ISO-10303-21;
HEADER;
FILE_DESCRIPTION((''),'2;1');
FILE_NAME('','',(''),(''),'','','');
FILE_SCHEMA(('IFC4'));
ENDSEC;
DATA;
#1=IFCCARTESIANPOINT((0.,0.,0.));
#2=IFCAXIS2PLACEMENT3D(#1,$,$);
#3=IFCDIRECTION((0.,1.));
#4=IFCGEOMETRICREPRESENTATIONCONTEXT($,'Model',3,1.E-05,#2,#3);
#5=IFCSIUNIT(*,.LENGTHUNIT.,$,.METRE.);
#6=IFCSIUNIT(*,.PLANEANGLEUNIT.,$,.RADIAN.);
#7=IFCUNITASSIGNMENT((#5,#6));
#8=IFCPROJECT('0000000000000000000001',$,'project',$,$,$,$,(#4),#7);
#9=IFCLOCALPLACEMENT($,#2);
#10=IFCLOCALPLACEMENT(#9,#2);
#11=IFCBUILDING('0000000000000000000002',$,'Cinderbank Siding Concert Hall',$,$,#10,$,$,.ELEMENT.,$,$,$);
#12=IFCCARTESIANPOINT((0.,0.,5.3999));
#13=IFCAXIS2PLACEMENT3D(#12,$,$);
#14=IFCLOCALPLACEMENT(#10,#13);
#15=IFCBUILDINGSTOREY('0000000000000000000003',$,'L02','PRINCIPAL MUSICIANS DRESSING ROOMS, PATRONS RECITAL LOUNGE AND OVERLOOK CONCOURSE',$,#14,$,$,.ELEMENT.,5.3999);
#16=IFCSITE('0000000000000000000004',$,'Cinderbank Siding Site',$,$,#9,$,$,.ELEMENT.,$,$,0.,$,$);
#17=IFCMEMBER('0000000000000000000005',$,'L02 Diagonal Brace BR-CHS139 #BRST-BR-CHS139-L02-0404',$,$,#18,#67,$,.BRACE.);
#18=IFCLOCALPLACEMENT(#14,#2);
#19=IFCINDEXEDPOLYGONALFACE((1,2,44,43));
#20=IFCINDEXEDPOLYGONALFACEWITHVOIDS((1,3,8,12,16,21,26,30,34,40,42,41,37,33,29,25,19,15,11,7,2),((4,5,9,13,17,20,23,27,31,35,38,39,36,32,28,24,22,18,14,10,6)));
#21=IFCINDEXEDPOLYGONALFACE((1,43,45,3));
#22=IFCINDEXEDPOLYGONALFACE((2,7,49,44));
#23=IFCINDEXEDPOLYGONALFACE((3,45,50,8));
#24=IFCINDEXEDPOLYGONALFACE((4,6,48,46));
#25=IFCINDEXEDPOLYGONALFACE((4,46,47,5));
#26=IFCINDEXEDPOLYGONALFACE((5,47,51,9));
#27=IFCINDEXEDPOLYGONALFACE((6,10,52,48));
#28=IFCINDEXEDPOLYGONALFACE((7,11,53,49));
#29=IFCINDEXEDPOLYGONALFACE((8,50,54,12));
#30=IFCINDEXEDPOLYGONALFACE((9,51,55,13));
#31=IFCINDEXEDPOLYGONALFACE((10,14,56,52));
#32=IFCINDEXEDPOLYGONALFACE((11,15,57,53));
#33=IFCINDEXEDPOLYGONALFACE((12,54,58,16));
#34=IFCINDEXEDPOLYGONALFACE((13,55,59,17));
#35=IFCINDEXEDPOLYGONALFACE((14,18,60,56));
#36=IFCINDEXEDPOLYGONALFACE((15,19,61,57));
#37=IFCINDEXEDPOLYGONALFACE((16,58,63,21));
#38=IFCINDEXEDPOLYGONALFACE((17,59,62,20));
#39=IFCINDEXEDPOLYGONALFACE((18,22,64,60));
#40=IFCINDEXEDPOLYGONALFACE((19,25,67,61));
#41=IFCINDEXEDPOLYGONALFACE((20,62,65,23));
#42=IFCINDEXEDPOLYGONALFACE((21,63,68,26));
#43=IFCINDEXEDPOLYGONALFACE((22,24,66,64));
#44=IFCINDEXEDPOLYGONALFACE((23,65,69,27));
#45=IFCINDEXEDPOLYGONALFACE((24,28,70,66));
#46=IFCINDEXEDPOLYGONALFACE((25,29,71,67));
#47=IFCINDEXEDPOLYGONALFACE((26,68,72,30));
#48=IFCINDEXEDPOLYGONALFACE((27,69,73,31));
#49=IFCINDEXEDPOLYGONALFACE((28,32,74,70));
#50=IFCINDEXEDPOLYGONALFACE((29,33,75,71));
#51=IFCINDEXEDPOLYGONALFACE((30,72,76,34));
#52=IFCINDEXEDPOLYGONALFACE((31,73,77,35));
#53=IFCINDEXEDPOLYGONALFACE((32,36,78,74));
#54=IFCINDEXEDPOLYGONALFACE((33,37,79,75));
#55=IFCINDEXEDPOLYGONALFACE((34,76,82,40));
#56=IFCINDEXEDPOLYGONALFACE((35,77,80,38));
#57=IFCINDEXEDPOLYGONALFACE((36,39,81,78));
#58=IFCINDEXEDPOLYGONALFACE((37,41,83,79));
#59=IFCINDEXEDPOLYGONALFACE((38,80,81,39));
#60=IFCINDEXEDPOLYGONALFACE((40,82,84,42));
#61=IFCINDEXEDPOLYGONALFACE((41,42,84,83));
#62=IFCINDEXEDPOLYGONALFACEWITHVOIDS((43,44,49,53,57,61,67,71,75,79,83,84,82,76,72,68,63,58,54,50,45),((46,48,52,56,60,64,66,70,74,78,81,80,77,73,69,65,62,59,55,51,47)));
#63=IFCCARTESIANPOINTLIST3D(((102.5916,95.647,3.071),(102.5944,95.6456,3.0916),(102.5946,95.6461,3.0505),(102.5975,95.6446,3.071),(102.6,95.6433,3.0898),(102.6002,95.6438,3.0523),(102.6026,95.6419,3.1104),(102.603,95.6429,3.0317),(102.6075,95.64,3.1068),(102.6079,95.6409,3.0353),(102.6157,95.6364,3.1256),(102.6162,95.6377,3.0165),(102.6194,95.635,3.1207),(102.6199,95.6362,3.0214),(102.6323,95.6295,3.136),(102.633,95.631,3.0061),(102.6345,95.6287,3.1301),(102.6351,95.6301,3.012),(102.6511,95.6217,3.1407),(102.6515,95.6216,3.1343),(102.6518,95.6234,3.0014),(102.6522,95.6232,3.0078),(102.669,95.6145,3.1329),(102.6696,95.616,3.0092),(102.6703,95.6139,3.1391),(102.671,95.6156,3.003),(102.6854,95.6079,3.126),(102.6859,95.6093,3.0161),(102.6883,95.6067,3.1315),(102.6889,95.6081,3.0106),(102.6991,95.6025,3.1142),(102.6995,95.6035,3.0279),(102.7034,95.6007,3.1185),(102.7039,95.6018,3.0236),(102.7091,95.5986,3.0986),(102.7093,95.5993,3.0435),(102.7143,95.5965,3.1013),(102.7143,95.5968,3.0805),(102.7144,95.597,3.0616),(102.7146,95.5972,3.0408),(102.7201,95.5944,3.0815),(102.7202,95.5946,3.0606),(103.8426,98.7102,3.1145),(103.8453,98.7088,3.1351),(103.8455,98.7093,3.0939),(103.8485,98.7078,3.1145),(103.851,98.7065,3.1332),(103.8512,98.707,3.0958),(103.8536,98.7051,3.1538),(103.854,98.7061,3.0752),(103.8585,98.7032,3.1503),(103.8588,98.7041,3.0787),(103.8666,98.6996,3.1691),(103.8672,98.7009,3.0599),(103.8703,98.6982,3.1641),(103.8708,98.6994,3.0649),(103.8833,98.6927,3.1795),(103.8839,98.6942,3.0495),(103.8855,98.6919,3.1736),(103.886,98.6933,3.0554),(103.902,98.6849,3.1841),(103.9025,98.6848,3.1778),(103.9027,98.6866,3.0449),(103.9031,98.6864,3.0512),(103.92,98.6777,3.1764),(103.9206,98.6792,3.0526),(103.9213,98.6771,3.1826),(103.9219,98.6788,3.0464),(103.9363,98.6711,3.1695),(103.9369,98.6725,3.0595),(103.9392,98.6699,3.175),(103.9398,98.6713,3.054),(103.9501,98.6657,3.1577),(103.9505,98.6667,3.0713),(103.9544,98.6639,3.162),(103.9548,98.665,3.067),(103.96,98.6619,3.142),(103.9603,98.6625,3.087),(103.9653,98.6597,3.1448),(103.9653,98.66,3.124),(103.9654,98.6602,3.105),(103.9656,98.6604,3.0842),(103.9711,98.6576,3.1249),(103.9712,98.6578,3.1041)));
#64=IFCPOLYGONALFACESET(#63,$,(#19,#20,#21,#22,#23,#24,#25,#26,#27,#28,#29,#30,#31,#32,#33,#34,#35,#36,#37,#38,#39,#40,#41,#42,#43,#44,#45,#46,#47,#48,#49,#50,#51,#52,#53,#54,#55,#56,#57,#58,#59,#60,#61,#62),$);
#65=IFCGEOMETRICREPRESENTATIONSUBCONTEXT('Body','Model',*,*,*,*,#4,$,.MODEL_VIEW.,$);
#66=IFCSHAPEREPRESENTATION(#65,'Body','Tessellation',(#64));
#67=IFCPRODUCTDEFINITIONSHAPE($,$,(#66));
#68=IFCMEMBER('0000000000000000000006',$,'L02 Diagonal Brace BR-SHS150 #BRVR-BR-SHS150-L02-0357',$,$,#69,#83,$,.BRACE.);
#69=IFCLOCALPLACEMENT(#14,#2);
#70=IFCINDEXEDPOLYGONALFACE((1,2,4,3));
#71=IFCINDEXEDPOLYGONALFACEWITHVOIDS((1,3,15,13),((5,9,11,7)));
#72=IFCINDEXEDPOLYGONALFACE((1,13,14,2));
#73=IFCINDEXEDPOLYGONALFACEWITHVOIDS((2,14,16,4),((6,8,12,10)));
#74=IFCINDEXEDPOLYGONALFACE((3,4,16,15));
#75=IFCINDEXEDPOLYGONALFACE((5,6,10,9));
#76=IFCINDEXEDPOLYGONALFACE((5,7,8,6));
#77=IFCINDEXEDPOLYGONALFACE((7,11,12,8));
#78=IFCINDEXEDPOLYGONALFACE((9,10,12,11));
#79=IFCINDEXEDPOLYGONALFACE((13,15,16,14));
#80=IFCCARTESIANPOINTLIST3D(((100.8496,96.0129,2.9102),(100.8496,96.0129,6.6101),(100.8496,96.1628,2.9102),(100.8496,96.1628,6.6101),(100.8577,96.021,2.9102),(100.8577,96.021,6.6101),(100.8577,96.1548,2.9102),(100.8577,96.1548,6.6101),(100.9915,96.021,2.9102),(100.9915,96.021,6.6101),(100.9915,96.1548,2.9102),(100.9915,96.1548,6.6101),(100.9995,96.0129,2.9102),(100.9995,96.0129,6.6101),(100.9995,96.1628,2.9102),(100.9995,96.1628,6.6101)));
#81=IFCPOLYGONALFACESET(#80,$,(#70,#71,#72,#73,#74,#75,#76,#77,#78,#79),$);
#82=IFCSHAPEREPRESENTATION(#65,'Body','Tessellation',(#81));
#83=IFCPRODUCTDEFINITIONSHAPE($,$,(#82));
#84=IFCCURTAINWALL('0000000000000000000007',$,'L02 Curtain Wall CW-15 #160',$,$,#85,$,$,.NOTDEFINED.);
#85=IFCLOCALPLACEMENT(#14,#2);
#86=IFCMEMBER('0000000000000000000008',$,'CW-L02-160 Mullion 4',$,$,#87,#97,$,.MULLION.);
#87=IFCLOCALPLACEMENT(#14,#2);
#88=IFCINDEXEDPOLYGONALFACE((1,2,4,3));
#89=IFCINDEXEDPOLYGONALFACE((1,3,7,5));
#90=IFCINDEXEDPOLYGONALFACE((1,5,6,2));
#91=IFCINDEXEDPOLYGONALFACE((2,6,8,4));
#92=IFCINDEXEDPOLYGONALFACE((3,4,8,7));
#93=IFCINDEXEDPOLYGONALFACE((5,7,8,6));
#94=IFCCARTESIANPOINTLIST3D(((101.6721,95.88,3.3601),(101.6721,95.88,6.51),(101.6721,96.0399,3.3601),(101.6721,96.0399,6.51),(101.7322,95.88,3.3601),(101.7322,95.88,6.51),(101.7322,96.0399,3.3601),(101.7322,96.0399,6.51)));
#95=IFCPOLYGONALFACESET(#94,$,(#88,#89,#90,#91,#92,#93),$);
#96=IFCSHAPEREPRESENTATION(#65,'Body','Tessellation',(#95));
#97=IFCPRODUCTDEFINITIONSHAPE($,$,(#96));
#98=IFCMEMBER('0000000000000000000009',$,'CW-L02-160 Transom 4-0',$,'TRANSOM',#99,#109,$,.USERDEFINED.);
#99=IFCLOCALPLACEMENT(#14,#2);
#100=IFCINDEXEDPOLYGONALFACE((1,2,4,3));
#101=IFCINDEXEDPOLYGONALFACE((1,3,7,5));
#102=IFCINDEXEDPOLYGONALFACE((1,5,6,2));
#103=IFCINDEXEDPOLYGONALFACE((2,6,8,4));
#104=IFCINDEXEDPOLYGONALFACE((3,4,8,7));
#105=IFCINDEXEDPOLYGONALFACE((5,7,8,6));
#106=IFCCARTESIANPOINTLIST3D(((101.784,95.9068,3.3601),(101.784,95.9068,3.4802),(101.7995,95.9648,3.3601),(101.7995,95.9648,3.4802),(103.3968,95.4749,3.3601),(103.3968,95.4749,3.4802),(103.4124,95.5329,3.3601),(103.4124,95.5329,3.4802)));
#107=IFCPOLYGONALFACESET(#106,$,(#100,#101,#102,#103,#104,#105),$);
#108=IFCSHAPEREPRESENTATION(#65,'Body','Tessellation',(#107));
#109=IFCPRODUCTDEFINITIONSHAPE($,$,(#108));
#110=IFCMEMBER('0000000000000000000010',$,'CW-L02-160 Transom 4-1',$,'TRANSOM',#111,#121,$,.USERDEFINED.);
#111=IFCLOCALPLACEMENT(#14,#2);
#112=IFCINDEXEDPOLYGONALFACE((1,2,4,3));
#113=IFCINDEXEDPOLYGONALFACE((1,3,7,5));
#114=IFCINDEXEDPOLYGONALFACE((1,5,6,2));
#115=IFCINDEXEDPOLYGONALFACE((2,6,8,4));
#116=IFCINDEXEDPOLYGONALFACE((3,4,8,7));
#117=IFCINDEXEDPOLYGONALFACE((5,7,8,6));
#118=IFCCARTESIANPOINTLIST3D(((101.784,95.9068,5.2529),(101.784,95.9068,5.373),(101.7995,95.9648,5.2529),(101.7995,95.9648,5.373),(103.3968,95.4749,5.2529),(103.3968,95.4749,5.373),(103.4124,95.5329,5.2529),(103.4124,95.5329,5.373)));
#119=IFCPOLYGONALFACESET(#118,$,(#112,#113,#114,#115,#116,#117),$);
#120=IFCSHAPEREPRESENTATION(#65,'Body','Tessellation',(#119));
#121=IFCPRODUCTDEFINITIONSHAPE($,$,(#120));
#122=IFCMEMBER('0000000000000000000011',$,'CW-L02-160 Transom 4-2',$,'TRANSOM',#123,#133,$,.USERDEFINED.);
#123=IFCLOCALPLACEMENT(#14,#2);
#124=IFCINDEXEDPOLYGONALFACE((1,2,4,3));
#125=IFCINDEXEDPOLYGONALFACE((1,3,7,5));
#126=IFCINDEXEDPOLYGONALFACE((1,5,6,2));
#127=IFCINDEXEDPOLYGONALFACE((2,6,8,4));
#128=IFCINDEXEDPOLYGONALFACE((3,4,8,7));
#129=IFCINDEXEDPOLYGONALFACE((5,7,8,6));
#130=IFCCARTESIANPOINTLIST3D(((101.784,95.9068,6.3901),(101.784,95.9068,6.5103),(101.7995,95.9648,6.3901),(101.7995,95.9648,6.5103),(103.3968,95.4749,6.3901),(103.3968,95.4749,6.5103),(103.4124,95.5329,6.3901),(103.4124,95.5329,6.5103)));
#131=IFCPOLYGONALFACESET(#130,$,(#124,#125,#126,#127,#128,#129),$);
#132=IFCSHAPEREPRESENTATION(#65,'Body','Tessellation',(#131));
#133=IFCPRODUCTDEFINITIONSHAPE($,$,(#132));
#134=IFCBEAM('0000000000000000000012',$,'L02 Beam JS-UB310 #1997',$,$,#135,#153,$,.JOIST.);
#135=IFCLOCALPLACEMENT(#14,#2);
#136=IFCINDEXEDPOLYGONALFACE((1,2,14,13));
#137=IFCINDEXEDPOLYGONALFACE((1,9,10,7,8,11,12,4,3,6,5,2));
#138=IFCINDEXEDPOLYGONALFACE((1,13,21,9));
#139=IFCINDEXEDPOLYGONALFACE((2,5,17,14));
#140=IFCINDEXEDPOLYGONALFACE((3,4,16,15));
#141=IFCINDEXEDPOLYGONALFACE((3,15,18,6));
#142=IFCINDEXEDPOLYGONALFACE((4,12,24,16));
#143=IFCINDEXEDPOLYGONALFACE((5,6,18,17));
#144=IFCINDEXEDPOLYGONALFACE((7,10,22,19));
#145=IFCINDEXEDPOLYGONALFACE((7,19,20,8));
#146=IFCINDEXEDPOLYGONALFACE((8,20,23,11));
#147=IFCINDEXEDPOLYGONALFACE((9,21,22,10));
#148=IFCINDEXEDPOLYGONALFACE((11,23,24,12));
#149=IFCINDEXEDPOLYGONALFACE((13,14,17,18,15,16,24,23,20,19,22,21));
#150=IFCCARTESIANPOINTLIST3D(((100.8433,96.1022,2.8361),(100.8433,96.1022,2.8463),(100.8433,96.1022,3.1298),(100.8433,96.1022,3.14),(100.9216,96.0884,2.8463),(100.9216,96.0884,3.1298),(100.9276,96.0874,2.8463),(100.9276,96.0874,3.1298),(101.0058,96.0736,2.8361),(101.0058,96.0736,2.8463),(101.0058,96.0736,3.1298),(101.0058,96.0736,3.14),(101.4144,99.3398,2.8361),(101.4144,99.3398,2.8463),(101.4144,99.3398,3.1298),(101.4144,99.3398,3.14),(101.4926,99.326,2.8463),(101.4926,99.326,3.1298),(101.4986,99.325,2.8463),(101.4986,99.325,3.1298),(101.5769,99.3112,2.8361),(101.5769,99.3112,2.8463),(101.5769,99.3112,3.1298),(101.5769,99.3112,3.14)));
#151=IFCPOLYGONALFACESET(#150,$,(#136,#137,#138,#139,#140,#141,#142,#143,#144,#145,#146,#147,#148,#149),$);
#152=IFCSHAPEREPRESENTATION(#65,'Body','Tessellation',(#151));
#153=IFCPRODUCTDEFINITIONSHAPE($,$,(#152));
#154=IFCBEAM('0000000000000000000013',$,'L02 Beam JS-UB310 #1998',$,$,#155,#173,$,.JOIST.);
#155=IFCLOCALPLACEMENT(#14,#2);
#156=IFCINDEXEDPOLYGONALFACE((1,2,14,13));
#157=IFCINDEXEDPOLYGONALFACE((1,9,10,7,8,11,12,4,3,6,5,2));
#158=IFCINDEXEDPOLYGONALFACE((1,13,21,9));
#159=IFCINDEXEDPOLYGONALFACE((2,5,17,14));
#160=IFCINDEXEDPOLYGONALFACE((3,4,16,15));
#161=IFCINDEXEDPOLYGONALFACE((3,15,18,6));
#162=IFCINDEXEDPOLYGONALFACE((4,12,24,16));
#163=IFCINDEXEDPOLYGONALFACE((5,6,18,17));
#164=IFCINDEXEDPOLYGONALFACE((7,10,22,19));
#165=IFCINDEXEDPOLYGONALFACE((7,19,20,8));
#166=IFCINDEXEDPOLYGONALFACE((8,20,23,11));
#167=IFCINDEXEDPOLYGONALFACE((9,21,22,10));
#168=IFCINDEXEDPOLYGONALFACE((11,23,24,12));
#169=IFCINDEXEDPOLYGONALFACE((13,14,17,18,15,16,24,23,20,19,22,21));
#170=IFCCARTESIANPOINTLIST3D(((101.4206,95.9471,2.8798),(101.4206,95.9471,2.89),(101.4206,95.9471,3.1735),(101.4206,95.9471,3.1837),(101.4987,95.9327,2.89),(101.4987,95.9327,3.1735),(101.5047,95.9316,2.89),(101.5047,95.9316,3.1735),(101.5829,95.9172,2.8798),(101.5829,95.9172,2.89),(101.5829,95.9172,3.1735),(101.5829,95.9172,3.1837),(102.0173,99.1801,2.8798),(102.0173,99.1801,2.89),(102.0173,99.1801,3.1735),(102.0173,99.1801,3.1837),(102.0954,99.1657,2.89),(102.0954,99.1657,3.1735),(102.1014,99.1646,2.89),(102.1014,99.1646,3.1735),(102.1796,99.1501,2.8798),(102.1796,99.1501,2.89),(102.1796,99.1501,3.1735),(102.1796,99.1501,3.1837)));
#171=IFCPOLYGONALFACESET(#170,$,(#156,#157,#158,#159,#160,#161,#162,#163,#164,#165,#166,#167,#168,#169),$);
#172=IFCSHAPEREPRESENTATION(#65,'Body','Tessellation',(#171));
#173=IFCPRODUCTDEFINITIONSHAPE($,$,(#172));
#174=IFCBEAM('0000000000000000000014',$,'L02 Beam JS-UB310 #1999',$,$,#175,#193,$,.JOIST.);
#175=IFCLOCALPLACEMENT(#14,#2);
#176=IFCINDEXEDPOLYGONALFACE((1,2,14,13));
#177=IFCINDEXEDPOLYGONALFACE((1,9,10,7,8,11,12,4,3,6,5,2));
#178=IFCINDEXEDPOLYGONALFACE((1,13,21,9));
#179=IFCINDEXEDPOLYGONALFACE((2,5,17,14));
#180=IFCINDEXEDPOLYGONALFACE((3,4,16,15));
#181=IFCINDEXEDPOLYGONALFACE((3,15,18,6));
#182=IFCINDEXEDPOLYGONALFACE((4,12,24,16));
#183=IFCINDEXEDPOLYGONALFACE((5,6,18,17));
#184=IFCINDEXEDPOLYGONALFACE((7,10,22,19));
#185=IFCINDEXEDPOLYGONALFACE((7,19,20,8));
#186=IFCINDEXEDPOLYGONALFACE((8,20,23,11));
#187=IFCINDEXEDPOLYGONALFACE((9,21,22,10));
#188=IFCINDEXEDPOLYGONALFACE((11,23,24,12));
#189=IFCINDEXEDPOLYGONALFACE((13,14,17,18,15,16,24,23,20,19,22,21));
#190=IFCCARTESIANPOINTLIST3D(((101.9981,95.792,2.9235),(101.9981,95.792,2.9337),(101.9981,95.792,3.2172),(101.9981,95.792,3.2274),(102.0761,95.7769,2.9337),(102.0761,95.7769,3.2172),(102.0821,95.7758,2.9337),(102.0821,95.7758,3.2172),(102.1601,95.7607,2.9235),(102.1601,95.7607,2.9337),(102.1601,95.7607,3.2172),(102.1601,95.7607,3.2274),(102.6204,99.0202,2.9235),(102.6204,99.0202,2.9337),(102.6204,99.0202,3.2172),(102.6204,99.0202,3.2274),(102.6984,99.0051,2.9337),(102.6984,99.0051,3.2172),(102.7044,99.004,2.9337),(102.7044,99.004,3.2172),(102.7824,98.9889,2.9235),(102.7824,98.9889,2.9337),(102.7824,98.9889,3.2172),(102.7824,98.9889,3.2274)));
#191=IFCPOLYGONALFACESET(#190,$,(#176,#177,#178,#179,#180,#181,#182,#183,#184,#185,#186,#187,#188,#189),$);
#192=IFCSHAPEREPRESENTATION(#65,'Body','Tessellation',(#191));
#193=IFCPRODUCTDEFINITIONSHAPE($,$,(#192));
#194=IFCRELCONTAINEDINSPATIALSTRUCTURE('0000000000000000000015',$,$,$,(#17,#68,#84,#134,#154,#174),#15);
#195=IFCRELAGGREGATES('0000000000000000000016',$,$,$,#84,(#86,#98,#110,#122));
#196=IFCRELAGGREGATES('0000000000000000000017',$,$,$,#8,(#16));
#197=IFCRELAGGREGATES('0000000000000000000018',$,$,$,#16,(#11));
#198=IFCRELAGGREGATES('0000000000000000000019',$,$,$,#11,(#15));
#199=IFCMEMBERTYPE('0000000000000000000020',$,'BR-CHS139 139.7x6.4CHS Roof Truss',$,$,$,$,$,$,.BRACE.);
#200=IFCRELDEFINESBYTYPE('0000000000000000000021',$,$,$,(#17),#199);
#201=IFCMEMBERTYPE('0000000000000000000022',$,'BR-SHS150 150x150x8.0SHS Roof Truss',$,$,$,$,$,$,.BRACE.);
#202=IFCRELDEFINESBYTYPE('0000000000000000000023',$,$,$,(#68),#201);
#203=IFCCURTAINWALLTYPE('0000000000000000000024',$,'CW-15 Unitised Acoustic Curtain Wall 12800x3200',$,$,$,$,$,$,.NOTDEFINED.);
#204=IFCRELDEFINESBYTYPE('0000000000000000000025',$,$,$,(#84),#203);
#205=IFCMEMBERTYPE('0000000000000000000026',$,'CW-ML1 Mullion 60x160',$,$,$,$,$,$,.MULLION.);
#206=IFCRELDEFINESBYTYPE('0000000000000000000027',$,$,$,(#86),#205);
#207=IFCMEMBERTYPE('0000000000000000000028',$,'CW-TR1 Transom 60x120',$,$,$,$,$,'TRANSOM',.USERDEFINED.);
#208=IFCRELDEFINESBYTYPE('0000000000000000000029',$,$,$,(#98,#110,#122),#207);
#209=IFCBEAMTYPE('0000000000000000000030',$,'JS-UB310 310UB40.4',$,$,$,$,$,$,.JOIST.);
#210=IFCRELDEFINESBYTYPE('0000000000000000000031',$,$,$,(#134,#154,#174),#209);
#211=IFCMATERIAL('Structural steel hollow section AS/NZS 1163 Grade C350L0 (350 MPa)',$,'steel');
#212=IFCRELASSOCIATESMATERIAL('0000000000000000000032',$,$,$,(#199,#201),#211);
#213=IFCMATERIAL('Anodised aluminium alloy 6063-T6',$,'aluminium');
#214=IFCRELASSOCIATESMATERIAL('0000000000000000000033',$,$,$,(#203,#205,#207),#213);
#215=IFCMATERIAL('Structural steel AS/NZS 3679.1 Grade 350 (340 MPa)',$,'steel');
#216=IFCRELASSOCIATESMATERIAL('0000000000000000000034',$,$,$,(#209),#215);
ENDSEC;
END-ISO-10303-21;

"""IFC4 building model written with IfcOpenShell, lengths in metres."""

from ifc_helpers import new_model, si_unit, direction, frame, origin, origin_2d, place, context, subcontext, project, spatial, rectangle, hollow_rectangle, hollow_circle, i_section, extrude, material, material_profile, profile_set, type_object, element, aggregate, save


model = new_model("IFC4")

# Units and contexts
model_context = context("Model", 3, precision=1e-05, world=origin(), true_north=direction((0.0, 1.0)))
body_context = subcontext(model_context, "Body", "Model", "MODEL_VIEW")
ifc_project = project(units=[si_unit("LENGTHUNIT", "METRE"), si_unit("PLANEANGLEUNIT", "RADIAN")], contexts=[model_context])

# Site, building, storey
site_placement = place(None, origin())
site = spatial("IfcSite", under=ifc_project, at=site_placement, Name="Cinderbank Siding Site", CompositionType="ELEMENT", RefElevation=0.0)
building_placement = place(site_placement, origin())
building = spatial("IfcBuilding", under=site, at=building_placement, Name="Cinderbank Siding Concert Hall", CompositionType="ELEMENT")
storey_placement = place(building_placement, frame((0.0, 0.0, 5.3999)))
storey = spatial("IfcBuildingStorey", under=building, at=storey_placement, Name="L02", Description="PRINCIPAL MUSICIANS DRESSING ROOMS, PATRONS RECITAL LOUNGE AND OVERLOOK CONCOURSE", CompositionType="ELEMENT", Elevation=5.3999)

# Members
ifc_material_1 = material(Name="Structural steel hollow section AS/NZS 1163 Grade C350L0 (350 MPa)", Category="steel")
ifc_material_profile_1 = material_profile(ifc_material_1, hollow_circle(Radius=0.0698, WallThickness=0.0063, at=origin_2d()), Name="139.7x6.4CHS", Category="LoadBearing")
ifc_profile_set_1 = profile_set([ifc_material_profile_1], Name="Structural steel hollow section AS/NZS 1163 Grade C350L0 (350 MPa)")
member_type_1 = type_object("IfcMemberType", Name="BR-CHS139 139.7x6.4CHS Roof Truss", PredefinedType="BRACE", material=ifc_profile_set_1)
member_1_placement = place(storey_placement, frame((102.6562, 95.6206, 3.071), z_axis=(0.37804, 0.925696, 0.013133), x_axis=(-0.925776, 0.378073, 0.0)))
element("IfcMember", 1, at=member_1_placement, inside=storey, type_object=member_type_1, Name="L02 Diagonal Brace BR-CHS139 #BRST-BR-CHS139-L02-0404", PredefinedType="BRACE", context=body_context, shape_type="SweptSolid", body=[
    extrude(hollow_circle(Radius=0.0698, WallThickness=0.0063, at=origin_2d()), origin(), (0.0, 0.0, 1.0), 3.3091),
])
ifc_material_profile_2 = material_profile(ifc_material_1, hollow_rectangle(XDim=0.1499, YDim=0.1499, WallThickness=0.0081, at=origin_2d()), Name="150x150x8.0SHS", Category="LoadBearing")
ifc_profile_set_2 = profile_set([ifc_material_profile_2], Name="Structural steel hollow section AS/NZS 1163 Grade C350L0 (350 MPa)")
member_type_2 = type_object("IfcMemberType", Name="BR-SHS150 150x150x8.0SHS Roof Truss", PredefinedType="BRACE", material=ifc_profile_set_2)
member_2_placement = place(storey_placement, frame((100.9246, 96.0879, 2.9102), z_axis=(0.0, 0.0, 1.0), x_axis=(1.0, 0.0, 0.0)))
element("IfcMember", 2, at=member_2_placement, inside=storey, type_object=member_type_2, Name="L02 Diagonal Brace BR-SHS150 #BRVR-BR-SHS150-L02-0357", PredefinedType="BRACE", context=body_context, shape_type="SweptSolid", body=[
    extrude(hollow_rectangle(XDim=0.1499, YDim=0.1499, WallThickness=0.0081, at=origin_2d()), origin(), (0.0, 0.0, 1.0), 3.7),
])

# Curtain wall, members
ifc_material_2 = material(Name="Anodised aluminium alloy 6063-T6", Category="aluminium")
curtain_wall_type = type_object("IfcCurtainWallType", Name="CW-15 Unitised Acoustic Curtain Wall 12800x3200", PredefinedType="NOTDEFINED", material=ifc_material_2)
curtain_wall_placement = place(storey_placement, origin())
curtain_wall = element("IfcCurtainWall", 3, at=curtain_wall_placement, inside=storey, type_object=curtain_wall_type, Name="L02 Curtain Wall CW-15 #160", PredefinedType="NOTDEFINED")
ifc_material_profile_3 = material_profile(ifc_material_2, rectangle(XDim=0.0601, YDim=0.1599, at=origin_2d()), Name="ALU-MULL-60x160", Category="LoadBearing")
ifc_profile_set_3 = profile_set([ifc_material_profile_3], Name="Anodised aluminium alloy 6063-T6")
member_type_3 = type_object("IfcMemberType", Name="CW-ML1 Mullion 60x160", PredefinedType="MULLION", material=ifc_profile_set_3)
member_3_placement = place(storey_placement, frame((101.7021, 95.96, 3.3601), z_axis=(0.0, 0.0, 1.0), x_axis=(1.0, 0.0, 0.0)))
member_3 = element("IfcMember", 4, at=member_3_placement, type_object=member_type_3, Name="CW-L02-160 Mullion 4", PredefinedType="MULLION", context=body_context, shape_type="SweptSolid", body=[
    extrude(rectangle(XDim=0.0601, YDim=0.1599, at=origin_2d()), origin(), (0.0, 0.0, 1.0), 3.1499),
])
ifc_material_profile_4 = material_profile(ifc_material_2, rectangle(XDim=0.0601, YDim=0.1201, at=origin_2d()), Name="ALU-TRAN-60x120", Category="LoadBearing")
ifc_profile_set_4 = profile_set([ifc_material_profile_4], Name="Anodised aluminium alloy 6063-T6")
member_type_4 = type_object("IfcMemberType", Name="CW-TR1 Transom 60x120", ElementType="TRANSOM", PredefinedType="USERDEFINED", material=ifc_profile_set_4)
member_4_placement = place(storey_placement, frame((101.7917, 95.9358, 3.4202), z_axis=(0.965965, -0.258673, 0.0), x_axis=(0.258673, 0.965965, 0.0)))
member_4 = element("IfcMember", 5, at=member_4_placement, type_object=member_type_4, Name="CW-L02-160 Transom 4-0", ObjectType="TRANSOM", PredefinedType="USERDEFINED", context=body_context, shape_type="SweptSolid", body=[
    extrude(rectangle(XDim=0.0601, YDim=0.1201, at=origin_2d()), origin(), (0.0, 0.0, 1.0), 1.6697),
])
member_5_placement = place(storey_placement, frame((101.7917, 95.9358, 5.313), z_axis=(0.965965, -0.258673, 0.0), x_axis=(0.258673, 0.965965, 0.0)))
member_5 = element("IfcMember", 6, at=member_5_placement, type_object=member_type_4, Name="CW-L02-160 Transom 4-1", ObjectType="TRANSOM", PredefinedType="USERDEFINED", context=body_context, shape_type="SweptSolid", body=[
    extrude(rectangle(XDim=0.0601, YDim=0.1201, at=origin_2d()), origin(), (0.0, 0.0, 1.0), 1.6697),
])
member_6_placement = place(storey_placement, frame((101.7917, 95.9358, 6.4502), z_axis=(0.965965, -0.258673, 0.0), x_axis=(0.258673, 0.965965, 0.0)))
member_6 = element("IfcMember", 7, at=member_6_placement, type_object=member_type_4, Name="CW-L02-160 Transom 4-2", ObjectType="TRANSOM", PredefinedType="USERDEFINED", context=body_context, shape_type="SweptSolid", body=[
    extrude(rectangle(XDim=0.0601, YDim=0.1201, at=origin_2d()), origin(), (0.0, 0.0, 1.0), 1.6697),
])

# Beams
ifc_material_3 = material(Name="Structural steel AS/NZS 3679.1 Grade 350 (340 MPa)", Category="steel")
ifc_material_profile_5 = material_profile(ifc_material_3, i_section(OverallWidth=0.165, OverallDepth=0.304, WebThickness=0.0061, FlangeThickness=0.0103, at=origin_2d()), Name="310UB40.4", Category="LoadBearing")
ifc_profile_set_5 = profile_set([ifc_material_profile_5], Name="Structural steel AS/NZS 3679.1 Grade 350 (340 MPa)")
beam_type = type_object("IfcBeamType", Name="JS-UB310 310UB40.4", PredefinedType="JOIST", material=ifc_profile_set_5)
for number, where, z_axis, x_axis, name in (
    (8, (100.9246, 96.0879, 2.988), (0.173701, 0.984799, 0.0), (-0.984799, 0.173701, 0.0), "L02 Beam JS-UB310 #1997"),
    (9, (101.5017, 95.9321, 3.0317), (0.181499, 0.983391, 0.0), (-0.983391, 0.181499, 0.0), "L02 Beam JS-UB310 #1998"),
    (10, (102.0791, 95.7764, 3.0754), (0.189285, 0.981922, 0.0), (-0.981922, 0.189285, 0.0), "L02 Beam JS-UB310 #1999"),
):
    element("IfcBeam", number, at=place(storey_placement, frame(where, z_axis=z_axis, x_axis=x_axis)), inside=storey, type_object=beam_type, Name=name, PredefinedType="JOIST", context=body_context, shape_type="SweptSolid", body=[
        extrude(i_section(OverallWidth=0.165, OverallDepth=0.304, WebThickness=0.0061, FlangeThickness=0.0103, at=origin_2d()), origin(), (0.0, 0.0, 1.0), 3.2876),
    ])

aggregate(curtain_wall, [member_3, member_4, member_5, member_6])

save(model, "model.ifc")
